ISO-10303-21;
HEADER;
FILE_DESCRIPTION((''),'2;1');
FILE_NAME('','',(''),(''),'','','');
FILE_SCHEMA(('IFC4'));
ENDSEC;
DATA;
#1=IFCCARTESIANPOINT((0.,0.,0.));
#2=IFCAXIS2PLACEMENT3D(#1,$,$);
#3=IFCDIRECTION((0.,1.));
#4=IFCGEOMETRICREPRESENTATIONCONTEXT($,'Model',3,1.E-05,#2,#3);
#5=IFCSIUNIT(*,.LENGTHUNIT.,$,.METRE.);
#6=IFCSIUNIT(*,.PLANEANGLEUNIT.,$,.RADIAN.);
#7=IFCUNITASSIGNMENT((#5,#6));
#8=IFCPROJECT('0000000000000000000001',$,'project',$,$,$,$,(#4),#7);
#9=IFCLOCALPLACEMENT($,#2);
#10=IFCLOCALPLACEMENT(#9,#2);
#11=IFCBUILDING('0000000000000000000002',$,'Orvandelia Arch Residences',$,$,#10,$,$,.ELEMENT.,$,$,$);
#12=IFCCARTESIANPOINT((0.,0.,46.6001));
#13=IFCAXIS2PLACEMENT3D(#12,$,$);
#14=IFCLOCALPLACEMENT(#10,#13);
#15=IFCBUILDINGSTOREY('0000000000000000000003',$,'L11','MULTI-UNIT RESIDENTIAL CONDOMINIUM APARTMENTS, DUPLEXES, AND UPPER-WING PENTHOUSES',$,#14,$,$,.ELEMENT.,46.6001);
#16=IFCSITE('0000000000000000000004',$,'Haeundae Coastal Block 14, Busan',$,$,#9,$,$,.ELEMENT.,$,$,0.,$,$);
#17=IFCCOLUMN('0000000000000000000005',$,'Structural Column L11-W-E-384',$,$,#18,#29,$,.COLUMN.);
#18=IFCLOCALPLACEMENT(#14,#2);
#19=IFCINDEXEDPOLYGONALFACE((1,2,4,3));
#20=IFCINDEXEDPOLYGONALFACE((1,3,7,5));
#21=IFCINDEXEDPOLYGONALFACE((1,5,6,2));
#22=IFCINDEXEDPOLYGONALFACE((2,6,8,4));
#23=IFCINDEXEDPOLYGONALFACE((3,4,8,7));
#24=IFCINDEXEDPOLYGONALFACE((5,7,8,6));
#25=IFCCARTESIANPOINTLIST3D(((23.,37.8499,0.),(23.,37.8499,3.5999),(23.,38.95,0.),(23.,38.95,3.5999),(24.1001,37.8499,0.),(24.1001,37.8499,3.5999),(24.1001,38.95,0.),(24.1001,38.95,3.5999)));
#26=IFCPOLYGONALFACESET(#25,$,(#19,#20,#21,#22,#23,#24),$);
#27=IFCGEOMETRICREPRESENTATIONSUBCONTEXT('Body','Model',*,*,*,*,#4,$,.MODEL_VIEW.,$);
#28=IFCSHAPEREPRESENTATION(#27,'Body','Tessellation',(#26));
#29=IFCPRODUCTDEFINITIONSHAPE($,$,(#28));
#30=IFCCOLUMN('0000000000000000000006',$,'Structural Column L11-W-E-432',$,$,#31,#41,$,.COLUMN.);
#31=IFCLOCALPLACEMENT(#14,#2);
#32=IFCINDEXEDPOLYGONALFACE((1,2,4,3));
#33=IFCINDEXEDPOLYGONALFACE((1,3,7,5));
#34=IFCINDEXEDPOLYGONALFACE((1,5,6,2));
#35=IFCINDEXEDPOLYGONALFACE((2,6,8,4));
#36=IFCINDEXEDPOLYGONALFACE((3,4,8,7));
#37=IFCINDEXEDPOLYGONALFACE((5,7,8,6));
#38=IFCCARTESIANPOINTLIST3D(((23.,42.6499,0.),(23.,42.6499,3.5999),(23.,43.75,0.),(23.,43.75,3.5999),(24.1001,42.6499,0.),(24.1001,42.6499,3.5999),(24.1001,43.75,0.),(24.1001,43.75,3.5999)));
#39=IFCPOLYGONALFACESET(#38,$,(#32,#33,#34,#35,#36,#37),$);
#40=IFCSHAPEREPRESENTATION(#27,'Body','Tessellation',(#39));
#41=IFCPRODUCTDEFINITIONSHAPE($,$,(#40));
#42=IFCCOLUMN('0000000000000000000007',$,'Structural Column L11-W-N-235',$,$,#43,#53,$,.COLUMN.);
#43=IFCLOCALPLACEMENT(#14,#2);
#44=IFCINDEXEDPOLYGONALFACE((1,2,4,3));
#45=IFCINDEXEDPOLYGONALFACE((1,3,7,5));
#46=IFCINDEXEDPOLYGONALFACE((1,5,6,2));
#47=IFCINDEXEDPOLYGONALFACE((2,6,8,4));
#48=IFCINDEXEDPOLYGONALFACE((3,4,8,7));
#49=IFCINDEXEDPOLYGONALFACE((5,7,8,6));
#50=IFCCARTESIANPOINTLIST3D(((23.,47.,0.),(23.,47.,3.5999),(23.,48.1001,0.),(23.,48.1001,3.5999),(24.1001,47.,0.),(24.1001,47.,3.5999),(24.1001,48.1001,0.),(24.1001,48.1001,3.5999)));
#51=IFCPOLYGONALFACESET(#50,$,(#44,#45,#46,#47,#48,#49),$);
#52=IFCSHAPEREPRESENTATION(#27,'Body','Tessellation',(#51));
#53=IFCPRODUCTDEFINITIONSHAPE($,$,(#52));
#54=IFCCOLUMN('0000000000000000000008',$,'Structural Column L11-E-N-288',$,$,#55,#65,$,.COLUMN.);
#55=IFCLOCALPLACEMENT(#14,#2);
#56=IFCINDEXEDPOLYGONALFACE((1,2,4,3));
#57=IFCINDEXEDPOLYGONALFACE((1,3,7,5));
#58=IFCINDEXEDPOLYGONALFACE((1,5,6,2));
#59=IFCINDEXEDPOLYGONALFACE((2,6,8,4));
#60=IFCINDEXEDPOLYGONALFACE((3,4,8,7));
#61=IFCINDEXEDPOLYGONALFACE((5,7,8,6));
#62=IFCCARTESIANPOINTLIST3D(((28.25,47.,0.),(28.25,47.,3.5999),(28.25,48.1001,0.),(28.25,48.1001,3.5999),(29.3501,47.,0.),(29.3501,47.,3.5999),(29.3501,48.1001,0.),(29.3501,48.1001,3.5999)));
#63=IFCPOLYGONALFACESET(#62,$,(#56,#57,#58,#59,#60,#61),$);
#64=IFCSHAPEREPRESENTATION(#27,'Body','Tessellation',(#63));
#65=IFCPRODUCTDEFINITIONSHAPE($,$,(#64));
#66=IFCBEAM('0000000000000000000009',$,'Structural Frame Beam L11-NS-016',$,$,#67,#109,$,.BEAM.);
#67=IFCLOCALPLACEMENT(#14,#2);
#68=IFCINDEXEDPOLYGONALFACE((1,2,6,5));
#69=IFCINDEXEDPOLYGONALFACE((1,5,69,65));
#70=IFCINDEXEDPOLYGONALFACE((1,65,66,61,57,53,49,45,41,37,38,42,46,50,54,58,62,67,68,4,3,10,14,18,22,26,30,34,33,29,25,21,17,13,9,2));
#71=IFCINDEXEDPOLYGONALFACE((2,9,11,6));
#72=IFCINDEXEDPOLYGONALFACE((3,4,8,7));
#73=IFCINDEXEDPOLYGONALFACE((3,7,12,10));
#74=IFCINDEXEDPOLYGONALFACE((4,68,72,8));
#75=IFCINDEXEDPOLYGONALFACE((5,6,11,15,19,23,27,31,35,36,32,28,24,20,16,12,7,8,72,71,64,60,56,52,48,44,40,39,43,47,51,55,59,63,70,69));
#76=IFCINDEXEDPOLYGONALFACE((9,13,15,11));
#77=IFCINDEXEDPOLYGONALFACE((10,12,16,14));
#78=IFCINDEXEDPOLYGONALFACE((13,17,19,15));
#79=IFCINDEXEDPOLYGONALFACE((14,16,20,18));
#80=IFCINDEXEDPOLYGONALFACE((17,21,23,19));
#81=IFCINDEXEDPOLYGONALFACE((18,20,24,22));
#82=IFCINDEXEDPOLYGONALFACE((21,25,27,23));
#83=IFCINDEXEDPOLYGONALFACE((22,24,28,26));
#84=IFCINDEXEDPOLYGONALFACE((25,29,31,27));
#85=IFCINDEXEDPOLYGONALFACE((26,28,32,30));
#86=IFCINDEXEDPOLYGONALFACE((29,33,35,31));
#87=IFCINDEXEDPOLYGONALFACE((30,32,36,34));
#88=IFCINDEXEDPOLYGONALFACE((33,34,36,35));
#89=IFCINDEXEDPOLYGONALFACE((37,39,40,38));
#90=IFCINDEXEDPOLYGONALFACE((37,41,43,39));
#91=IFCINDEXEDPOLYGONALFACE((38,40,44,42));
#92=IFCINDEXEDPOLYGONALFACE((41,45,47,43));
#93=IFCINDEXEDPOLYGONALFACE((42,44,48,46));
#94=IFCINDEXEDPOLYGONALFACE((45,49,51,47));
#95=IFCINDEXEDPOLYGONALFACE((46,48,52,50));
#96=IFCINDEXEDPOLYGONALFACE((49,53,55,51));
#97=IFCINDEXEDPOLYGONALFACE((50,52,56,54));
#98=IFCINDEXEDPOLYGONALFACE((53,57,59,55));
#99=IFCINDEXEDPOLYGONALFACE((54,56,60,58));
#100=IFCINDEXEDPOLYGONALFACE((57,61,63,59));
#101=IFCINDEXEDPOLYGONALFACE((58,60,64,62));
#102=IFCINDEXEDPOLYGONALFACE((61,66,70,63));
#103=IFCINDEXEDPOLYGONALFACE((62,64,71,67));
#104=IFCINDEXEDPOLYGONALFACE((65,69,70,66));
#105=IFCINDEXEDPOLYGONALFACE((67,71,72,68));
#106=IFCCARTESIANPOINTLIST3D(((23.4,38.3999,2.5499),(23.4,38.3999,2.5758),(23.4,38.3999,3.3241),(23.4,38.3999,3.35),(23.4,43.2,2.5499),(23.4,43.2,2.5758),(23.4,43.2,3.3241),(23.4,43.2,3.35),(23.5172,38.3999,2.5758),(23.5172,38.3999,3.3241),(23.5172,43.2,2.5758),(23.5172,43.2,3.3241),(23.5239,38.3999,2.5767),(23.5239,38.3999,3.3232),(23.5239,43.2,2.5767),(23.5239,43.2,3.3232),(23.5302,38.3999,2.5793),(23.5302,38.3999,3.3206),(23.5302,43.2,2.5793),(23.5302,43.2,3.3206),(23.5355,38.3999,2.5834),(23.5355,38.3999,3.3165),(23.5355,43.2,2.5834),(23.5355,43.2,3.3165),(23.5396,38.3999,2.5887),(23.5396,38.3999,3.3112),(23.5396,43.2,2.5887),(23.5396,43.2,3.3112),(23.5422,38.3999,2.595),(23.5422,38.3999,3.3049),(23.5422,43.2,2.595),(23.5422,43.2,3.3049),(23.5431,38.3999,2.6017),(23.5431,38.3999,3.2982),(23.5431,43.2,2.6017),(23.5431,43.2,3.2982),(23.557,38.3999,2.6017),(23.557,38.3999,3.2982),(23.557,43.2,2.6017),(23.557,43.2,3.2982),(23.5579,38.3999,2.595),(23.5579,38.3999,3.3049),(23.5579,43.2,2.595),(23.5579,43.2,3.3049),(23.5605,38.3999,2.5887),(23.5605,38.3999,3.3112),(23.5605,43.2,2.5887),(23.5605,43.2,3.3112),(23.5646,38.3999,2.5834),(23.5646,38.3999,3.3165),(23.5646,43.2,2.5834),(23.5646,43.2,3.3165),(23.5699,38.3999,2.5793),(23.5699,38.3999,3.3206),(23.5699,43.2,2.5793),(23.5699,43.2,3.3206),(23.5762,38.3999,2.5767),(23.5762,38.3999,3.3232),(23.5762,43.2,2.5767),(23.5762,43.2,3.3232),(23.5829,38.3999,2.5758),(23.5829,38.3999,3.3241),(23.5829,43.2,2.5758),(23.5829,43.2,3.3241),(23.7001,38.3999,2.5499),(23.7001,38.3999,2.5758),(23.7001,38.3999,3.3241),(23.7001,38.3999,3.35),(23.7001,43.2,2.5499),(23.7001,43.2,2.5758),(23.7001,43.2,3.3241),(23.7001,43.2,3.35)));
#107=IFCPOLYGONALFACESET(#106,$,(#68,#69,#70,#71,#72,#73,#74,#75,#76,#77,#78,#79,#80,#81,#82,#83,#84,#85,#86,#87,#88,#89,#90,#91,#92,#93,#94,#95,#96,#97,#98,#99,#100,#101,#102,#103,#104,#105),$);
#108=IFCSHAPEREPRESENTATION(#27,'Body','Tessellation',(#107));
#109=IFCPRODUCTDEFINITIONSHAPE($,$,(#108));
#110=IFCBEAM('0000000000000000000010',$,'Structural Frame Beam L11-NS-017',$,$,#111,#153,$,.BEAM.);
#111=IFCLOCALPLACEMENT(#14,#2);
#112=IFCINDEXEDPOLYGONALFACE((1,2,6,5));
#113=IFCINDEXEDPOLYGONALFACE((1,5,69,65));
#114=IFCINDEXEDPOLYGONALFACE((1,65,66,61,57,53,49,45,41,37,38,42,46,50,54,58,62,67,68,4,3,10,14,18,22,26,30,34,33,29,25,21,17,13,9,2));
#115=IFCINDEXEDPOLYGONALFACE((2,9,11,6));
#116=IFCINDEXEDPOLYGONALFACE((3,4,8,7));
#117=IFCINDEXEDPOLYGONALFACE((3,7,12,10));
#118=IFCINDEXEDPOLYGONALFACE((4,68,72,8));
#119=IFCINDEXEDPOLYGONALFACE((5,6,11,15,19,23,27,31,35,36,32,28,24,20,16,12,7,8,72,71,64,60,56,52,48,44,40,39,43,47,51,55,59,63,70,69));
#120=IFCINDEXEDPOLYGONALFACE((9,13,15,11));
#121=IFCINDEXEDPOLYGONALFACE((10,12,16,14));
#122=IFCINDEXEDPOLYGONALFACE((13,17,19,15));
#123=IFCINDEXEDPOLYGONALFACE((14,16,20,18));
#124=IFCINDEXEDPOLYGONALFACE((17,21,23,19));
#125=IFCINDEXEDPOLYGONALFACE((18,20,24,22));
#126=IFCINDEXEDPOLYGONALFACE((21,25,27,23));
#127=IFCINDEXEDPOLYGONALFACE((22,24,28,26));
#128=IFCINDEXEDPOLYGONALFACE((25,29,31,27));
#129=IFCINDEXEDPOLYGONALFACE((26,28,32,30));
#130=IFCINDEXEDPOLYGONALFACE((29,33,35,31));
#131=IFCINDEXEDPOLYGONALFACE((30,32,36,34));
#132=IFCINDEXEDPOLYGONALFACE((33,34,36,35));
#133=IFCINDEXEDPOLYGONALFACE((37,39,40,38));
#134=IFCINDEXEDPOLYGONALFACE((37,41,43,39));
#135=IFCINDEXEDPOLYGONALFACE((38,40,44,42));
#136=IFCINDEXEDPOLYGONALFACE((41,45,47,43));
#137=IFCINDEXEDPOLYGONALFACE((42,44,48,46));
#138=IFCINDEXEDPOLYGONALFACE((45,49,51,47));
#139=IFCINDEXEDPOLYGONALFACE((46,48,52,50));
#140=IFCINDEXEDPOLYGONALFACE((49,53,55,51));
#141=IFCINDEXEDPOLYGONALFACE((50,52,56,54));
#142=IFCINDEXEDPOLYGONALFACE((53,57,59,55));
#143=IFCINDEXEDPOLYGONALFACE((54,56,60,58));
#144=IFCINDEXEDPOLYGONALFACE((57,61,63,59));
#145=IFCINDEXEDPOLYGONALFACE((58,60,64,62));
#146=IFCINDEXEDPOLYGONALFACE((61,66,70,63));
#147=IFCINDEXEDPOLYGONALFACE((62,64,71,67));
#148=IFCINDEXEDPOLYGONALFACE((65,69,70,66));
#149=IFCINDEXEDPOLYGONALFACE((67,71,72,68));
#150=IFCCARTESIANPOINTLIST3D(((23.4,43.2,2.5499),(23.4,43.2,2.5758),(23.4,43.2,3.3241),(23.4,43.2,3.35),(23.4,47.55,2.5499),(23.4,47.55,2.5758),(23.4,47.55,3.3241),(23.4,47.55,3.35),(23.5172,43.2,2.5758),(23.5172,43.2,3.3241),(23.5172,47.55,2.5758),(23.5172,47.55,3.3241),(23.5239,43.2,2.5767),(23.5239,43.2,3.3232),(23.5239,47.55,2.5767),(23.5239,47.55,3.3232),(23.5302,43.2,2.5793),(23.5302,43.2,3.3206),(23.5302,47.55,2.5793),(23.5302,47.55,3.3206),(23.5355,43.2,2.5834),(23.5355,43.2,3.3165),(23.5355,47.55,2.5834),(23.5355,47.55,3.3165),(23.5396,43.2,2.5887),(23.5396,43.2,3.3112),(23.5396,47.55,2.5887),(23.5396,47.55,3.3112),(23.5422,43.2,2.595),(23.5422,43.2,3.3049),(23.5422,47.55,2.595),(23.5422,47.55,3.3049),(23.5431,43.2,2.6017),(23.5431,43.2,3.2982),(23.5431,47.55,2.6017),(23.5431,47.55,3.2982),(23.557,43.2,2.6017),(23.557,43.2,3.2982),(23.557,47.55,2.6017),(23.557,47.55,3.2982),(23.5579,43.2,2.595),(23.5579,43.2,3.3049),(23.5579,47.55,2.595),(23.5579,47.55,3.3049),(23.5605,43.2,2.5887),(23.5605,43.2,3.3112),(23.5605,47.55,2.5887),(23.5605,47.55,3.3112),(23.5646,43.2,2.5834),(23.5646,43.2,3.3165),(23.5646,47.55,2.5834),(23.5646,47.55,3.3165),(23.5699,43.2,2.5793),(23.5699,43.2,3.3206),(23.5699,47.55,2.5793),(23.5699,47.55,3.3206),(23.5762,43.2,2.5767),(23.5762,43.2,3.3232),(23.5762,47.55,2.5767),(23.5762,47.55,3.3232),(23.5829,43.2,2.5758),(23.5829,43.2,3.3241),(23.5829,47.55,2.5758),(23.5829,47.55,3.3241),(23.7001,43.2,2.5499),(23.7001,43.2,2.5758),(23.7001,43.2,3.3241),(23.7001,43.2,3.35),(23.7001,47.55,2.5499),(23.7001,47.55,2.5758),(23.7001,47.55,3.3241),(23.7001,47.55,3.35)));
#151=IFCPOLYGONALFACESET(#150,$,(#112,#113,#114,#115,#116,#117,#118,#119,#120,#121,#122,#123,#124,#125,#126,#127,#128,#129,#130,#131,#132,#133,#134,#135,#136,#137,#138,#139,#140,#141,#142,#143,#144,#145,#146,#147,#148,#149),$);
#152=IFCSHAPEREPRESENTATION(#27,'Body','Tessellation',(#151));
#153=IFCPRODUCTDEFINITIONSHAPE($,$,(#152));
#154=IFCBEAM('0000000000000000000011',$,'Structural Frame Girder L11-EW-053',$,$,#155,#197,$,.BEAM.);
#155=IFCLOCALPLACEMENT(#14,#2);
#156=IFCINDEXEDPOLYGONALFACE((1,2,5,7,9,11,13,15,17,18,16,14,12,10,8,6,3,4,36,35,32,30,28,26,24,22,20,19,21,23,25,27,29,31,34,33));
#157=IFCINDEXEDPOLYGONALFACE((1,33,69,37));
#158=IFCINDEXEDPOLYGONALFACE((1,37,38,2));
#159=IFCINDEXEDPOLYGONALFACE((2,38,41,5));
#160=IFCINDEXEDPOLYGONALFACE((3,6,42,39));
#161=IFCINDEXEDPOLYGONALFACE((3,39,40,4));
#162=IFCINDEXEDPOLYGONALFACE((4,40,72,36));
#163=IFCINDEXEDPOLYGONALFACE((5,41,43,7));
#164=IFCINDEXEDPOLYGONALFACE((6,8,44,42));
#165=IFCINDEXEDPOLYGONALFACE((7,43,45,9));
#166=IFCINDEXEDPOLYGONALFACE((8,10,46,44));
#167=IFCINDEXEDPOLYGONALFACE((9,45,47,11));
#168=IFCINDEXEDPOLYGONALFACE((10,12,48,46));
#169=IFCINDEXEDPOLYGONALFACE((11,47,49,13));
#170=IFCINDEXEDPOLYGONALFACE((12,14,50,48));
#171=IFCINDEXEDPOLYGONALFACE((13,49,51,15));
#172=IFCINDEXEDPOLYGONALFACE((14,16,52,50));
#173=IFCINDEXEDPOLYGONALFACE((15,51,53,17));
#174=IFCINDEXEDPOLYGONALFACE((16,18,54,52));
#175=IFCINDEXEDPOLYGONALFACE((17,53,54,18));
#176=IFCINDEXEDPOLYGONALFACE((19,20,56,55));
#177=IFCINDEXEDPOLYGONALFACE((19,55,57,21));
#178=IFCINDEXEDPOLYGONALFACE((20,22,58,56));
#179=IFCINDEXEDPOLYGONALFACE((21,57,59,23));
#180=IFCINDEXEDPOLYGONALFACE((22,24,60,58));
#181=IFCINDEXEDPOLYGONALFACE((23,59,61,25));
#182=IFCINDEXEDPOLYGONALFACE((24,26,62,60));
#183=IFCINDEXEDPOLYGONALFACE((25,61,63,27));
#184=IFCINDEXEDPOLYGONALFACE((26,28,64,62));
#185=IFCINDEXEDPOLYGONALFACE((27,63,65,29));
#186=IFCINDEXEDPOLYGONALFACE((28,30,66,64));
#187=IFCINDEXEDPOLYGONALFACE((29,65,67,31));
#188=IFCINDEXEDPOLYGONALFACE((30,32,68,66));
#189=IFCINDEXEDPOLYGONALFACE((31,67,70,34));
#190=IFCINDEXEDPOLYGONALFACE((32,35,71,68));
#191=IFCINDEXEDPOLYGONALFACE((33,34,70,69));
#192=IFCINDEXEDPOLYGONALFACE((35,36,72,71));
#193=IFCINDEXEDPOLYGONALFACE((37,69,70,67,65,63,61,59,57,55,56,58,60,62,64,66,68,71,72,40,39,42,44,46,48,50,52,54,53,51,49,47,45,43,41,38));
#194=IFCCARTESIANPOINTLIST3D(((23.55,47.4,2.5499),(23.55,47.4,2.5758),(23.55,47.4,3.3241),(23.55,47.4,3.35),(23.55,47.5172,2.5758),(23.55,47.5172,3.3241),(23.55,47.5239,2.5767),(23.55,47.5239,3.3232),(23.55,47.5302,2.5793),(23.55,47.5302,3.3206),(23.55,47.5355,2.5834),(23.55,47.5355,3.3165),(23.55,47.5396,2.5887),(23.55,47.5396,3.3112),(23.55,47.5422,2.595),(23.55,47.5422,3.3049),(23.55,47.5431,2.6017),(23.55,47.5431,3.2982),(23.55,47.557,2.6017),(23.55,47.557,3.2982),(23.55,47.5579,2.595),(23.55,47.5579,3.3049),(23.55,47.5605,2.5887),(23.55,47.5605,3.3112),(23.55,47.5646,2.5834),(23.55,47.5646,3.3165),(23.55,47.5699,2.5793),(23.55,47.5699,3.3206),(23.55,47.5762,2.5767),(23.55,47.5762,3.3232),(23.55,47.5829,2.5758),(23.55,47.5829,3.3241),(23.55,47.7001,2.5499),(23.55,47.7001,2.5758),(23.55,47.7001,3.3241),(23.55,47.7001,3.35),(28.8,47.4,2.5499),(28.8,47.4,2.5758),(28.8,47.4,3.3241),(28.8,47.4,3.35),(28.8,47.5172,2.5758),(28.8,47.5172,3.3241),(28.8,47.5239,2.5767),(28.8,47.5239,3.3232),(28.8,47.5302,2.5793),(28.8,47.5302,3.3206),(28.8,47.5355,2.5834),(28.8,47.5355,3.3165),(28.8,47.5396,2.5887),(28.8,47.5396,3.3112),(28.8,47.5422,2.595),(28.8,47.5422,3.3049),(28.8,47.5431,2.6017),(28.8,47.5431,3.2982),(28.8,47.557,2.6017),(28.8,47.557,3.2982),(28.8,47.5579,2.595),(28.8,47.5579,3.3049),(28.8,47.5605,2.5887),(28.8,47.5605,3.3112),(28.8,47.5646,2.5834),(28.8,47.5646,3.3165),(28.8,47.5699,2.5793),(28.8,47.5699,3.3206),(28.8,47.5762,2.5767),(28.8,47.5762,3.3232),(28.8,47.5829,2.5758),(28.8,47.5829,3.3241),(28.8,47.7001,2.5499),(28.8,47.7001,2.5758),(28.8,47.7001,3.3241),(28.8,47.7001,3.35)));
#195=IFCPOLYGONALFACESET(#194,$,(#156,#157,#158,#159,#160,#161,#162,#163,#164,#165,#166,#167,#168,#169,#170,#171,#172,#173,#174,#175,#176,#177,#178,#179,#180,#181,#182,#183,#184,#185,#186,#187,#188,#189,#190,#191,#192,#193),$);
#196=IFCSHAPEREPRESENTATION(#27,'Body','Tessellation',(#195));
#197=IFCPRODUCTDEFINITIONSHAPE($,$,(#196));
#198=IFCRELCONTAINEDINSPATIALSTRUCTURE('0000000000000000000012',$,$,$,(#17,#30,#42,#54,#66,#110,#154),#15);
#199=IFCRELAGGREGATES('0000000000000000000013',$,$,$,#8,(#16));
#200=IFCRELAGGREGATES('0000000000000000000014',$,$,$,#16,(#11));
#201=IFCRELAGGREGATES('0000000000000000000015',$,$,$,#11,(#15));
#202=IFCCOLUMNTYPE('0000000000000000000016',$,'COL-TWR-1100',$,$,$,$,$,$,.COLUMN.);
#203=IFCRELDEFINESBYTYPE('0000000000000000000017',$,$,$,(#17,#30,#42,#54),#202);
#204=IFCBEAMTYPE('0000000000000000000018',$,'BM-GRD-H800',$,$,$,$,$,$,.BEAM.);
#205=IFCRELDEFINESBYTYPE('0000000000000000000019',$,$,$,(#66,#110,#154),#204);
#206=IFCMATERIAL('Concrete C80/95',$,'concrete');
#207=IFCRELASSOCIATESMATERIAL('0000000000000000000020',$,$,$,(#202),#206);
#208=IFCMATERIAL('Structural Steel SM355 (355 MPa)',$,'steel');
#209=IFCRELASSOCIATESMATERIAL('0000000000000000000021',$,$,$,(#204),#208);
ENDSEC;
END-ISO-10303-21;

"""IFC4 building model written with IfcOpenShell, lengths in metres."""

from ifc_helpers import new_model, si_unit, direction, frame, origin, origin_2d, place, context, subcontext, project, spatial, rectangle, i_section, extrude, material, material_profile, profile_set, type_object, element, save


model = new_model("IFC4")

# Units and contexts
model_context = context("Model", 3, precision=1e-05, world=origin(), true_north=direction((0.0, 1.0)))
body_context = subcontext(model_context, "Body", "Model", "MODEL_VIEW")
ifc_project = project(units=[si_unit("LENGTHUNIT", "METRE"), si_unit("PLANEANGLEUNIT", "RADIAN")], contexts=[model_context])

# Site, building, storey
site_placement = place(None, origin())
site = spatial("IfcSite", under=ifc_project, at=site_placement, Name="Haeundae Coastal Block 14, Busan", CompositionType="ELEMENT", RefElevation=0.0)
building_placement = place(site_placement, origin())
building = spatial("IfcBuilding", under=site, at=building_placement, Name="Orvandelia Arch Residences", CompositionType="ELEMENT")
storey_placement = place(building_placement, frame((0.0, 0.0, 46.6001)))
storey = spatial("IfcBuildingStorey", under=building, at=storey_placement, Name="L11", Description="MULTI-UNIT RESIDENTIAL CONDOMINIUM APARTMENTS, DUPLEXES, AND UPPER-WING PENTHOUSES", CompositionType="ELEMENT", Elevation=46.6001)

# Columns
ifc_material_1 = material(Name="Concrete C80/95", Category="concrete")
ifc_material_profile_1 = material_profile(ifc_material_1, rectangle(XDim=1.1001, YDim=1.1001, at=origin_2d()), Name="Concrete C80/95", Category="concrete")
ifc_profile_set_1 = profile_set([ifc_material_profile_1], Name="Concrete C80/95")
column_type = type_object("IfcColumnType", Name="COL-TWR-1100", PredefinedType="COLUMN", material=ifc_profile_set_1)
for number, where, z_axis, x_axis, name in (
    (1, (23.55, 38.3999, 0.0), (0.0, 0.0, 1.0), (1.0, 0.0, 0.0), "Structural Column L11-W-E-384"),
    (2, (23.55, 43.2, 0.0), (0.0, 0.0, 1.0), (1.0, 0.0, 0.0), "Structural Column L11-W-E-432"),
    (3, (23.55, 47.55, 0.0), (0.0, 0.0, 1.0), (1.0, 0.0, 0.0), "Structural Column L11-W-N-235"),
    (4, (28.8, 47.55, 0.0), (0.0, 0.0, 1.0), (1.0, 0.0, 0.0), "Structural Column L11-E-N-288"),
):
    element("IfcColumn", number, at=place(storey_placement, frame(where, z_axis=z_axis, x_axis=x_axis)), inside=storey, type_object=column_type, Name=name, PredefinedType="COLUMN", context=body_context, shape_type="SweptSolid", body=[
        extrude(rectangle(XDim=1.1001, YDim=1.1001, at=origin_2d()), origin(), (0.0, 0.0, 1.0), 3.5999),
    ])

# Beams
ifc_material_2 = material(Name="Structural Steel SM355 (355 MPa)", Category="steel")
ifc_material_profile_2 = material_profile(ifc_material_2, i_section(OverallWidth=0.3, OverallDepth=0.8, WebThickness=0.0139, FlangeThickness=0.0259, FilletRadius=0.0259, at=origin_2d()), Name="Structural Steel SM355 (355 MPa)", Category="steel")
ifc_profile_set_2 = profile_set([ifc_material_profile_2], Name="Structural Steel SM355 (355 MPa)")
beam_type = type_object("IfcBeamType", Name="BM-GRD-H800", PredefinedType="BEAM", material=ifc_profile_set_2)
beam_1_placement = place(storey_placement, frame((23.55, 38.3999, 2.95), z_axis=(0.0, 1.0, 0.0), x_axis=(-1.0, 0.0, 0.0)))
element("IfcBeam", 5, at=beam_1_placement, inside=storey, type_object=beam_type, Name="Structural Frame Beam L11-NS-016", PredefinedType="BEAM", context=body_context, shape_type="SweptSolid", body=[
    extrude(i_section(OverallWidth=0.3, OverallDepth=0.8, WebThickness=0.0139, FlangeThickness=0.0259, FilletRadius=0.0259, at=origin_2d()), origin(), (0.0, 0.0, 1.0), 4.8),
])
beam_2_placement = place(storey_placement, frame((23.55, 43.2, 2.95), z_axis=(0.0, 1.0, 0.0), x_axis=(-1.0, 0.0, 0.0)))
element("IfcBeam", 6, at=beam_2_placement, inside=storey, type_object=beam_type, Name="Structural Frame Beam L11-NS-017", PredefinedType="BEAM", context=body_context, shape_type="SweptSolid", body=[
    extrude(i_section(OverallWidth=0.3, OverallDepth=0.8, WebThickness=0.0139, FlangeThickness=0.0259, FilletRadius=0.0259, at=origin_2d()), origin(), (0.0, 0.0, 1.0), 4.3501),
])
beam_3_placement = place(storey_placement, frame((23.55, 47.55, 2.95), z_axis=(1.0, 0.0, 0.0), x_axis=(0.0, 1.0, 0.0)))
element("IfcBeam", 7, at=beam_3_placement, inside=storey, type_object=beam_type, Name="Structural Frame Girder L11-EW-053", PredefinedType="BEAM", context=body_context, shape_type="SweptSolid", body=[
    extrude(i_section(OverallWidth=0.3, OverallDepth=0.8, WebThickness=0.0139, FlangeThickness=0.0259, FilletRadius=0.0259, at=origin_2d()), origin(), (0.0, 0.0, 1.0), 5.25),
])

save(model, "model.ifc")
